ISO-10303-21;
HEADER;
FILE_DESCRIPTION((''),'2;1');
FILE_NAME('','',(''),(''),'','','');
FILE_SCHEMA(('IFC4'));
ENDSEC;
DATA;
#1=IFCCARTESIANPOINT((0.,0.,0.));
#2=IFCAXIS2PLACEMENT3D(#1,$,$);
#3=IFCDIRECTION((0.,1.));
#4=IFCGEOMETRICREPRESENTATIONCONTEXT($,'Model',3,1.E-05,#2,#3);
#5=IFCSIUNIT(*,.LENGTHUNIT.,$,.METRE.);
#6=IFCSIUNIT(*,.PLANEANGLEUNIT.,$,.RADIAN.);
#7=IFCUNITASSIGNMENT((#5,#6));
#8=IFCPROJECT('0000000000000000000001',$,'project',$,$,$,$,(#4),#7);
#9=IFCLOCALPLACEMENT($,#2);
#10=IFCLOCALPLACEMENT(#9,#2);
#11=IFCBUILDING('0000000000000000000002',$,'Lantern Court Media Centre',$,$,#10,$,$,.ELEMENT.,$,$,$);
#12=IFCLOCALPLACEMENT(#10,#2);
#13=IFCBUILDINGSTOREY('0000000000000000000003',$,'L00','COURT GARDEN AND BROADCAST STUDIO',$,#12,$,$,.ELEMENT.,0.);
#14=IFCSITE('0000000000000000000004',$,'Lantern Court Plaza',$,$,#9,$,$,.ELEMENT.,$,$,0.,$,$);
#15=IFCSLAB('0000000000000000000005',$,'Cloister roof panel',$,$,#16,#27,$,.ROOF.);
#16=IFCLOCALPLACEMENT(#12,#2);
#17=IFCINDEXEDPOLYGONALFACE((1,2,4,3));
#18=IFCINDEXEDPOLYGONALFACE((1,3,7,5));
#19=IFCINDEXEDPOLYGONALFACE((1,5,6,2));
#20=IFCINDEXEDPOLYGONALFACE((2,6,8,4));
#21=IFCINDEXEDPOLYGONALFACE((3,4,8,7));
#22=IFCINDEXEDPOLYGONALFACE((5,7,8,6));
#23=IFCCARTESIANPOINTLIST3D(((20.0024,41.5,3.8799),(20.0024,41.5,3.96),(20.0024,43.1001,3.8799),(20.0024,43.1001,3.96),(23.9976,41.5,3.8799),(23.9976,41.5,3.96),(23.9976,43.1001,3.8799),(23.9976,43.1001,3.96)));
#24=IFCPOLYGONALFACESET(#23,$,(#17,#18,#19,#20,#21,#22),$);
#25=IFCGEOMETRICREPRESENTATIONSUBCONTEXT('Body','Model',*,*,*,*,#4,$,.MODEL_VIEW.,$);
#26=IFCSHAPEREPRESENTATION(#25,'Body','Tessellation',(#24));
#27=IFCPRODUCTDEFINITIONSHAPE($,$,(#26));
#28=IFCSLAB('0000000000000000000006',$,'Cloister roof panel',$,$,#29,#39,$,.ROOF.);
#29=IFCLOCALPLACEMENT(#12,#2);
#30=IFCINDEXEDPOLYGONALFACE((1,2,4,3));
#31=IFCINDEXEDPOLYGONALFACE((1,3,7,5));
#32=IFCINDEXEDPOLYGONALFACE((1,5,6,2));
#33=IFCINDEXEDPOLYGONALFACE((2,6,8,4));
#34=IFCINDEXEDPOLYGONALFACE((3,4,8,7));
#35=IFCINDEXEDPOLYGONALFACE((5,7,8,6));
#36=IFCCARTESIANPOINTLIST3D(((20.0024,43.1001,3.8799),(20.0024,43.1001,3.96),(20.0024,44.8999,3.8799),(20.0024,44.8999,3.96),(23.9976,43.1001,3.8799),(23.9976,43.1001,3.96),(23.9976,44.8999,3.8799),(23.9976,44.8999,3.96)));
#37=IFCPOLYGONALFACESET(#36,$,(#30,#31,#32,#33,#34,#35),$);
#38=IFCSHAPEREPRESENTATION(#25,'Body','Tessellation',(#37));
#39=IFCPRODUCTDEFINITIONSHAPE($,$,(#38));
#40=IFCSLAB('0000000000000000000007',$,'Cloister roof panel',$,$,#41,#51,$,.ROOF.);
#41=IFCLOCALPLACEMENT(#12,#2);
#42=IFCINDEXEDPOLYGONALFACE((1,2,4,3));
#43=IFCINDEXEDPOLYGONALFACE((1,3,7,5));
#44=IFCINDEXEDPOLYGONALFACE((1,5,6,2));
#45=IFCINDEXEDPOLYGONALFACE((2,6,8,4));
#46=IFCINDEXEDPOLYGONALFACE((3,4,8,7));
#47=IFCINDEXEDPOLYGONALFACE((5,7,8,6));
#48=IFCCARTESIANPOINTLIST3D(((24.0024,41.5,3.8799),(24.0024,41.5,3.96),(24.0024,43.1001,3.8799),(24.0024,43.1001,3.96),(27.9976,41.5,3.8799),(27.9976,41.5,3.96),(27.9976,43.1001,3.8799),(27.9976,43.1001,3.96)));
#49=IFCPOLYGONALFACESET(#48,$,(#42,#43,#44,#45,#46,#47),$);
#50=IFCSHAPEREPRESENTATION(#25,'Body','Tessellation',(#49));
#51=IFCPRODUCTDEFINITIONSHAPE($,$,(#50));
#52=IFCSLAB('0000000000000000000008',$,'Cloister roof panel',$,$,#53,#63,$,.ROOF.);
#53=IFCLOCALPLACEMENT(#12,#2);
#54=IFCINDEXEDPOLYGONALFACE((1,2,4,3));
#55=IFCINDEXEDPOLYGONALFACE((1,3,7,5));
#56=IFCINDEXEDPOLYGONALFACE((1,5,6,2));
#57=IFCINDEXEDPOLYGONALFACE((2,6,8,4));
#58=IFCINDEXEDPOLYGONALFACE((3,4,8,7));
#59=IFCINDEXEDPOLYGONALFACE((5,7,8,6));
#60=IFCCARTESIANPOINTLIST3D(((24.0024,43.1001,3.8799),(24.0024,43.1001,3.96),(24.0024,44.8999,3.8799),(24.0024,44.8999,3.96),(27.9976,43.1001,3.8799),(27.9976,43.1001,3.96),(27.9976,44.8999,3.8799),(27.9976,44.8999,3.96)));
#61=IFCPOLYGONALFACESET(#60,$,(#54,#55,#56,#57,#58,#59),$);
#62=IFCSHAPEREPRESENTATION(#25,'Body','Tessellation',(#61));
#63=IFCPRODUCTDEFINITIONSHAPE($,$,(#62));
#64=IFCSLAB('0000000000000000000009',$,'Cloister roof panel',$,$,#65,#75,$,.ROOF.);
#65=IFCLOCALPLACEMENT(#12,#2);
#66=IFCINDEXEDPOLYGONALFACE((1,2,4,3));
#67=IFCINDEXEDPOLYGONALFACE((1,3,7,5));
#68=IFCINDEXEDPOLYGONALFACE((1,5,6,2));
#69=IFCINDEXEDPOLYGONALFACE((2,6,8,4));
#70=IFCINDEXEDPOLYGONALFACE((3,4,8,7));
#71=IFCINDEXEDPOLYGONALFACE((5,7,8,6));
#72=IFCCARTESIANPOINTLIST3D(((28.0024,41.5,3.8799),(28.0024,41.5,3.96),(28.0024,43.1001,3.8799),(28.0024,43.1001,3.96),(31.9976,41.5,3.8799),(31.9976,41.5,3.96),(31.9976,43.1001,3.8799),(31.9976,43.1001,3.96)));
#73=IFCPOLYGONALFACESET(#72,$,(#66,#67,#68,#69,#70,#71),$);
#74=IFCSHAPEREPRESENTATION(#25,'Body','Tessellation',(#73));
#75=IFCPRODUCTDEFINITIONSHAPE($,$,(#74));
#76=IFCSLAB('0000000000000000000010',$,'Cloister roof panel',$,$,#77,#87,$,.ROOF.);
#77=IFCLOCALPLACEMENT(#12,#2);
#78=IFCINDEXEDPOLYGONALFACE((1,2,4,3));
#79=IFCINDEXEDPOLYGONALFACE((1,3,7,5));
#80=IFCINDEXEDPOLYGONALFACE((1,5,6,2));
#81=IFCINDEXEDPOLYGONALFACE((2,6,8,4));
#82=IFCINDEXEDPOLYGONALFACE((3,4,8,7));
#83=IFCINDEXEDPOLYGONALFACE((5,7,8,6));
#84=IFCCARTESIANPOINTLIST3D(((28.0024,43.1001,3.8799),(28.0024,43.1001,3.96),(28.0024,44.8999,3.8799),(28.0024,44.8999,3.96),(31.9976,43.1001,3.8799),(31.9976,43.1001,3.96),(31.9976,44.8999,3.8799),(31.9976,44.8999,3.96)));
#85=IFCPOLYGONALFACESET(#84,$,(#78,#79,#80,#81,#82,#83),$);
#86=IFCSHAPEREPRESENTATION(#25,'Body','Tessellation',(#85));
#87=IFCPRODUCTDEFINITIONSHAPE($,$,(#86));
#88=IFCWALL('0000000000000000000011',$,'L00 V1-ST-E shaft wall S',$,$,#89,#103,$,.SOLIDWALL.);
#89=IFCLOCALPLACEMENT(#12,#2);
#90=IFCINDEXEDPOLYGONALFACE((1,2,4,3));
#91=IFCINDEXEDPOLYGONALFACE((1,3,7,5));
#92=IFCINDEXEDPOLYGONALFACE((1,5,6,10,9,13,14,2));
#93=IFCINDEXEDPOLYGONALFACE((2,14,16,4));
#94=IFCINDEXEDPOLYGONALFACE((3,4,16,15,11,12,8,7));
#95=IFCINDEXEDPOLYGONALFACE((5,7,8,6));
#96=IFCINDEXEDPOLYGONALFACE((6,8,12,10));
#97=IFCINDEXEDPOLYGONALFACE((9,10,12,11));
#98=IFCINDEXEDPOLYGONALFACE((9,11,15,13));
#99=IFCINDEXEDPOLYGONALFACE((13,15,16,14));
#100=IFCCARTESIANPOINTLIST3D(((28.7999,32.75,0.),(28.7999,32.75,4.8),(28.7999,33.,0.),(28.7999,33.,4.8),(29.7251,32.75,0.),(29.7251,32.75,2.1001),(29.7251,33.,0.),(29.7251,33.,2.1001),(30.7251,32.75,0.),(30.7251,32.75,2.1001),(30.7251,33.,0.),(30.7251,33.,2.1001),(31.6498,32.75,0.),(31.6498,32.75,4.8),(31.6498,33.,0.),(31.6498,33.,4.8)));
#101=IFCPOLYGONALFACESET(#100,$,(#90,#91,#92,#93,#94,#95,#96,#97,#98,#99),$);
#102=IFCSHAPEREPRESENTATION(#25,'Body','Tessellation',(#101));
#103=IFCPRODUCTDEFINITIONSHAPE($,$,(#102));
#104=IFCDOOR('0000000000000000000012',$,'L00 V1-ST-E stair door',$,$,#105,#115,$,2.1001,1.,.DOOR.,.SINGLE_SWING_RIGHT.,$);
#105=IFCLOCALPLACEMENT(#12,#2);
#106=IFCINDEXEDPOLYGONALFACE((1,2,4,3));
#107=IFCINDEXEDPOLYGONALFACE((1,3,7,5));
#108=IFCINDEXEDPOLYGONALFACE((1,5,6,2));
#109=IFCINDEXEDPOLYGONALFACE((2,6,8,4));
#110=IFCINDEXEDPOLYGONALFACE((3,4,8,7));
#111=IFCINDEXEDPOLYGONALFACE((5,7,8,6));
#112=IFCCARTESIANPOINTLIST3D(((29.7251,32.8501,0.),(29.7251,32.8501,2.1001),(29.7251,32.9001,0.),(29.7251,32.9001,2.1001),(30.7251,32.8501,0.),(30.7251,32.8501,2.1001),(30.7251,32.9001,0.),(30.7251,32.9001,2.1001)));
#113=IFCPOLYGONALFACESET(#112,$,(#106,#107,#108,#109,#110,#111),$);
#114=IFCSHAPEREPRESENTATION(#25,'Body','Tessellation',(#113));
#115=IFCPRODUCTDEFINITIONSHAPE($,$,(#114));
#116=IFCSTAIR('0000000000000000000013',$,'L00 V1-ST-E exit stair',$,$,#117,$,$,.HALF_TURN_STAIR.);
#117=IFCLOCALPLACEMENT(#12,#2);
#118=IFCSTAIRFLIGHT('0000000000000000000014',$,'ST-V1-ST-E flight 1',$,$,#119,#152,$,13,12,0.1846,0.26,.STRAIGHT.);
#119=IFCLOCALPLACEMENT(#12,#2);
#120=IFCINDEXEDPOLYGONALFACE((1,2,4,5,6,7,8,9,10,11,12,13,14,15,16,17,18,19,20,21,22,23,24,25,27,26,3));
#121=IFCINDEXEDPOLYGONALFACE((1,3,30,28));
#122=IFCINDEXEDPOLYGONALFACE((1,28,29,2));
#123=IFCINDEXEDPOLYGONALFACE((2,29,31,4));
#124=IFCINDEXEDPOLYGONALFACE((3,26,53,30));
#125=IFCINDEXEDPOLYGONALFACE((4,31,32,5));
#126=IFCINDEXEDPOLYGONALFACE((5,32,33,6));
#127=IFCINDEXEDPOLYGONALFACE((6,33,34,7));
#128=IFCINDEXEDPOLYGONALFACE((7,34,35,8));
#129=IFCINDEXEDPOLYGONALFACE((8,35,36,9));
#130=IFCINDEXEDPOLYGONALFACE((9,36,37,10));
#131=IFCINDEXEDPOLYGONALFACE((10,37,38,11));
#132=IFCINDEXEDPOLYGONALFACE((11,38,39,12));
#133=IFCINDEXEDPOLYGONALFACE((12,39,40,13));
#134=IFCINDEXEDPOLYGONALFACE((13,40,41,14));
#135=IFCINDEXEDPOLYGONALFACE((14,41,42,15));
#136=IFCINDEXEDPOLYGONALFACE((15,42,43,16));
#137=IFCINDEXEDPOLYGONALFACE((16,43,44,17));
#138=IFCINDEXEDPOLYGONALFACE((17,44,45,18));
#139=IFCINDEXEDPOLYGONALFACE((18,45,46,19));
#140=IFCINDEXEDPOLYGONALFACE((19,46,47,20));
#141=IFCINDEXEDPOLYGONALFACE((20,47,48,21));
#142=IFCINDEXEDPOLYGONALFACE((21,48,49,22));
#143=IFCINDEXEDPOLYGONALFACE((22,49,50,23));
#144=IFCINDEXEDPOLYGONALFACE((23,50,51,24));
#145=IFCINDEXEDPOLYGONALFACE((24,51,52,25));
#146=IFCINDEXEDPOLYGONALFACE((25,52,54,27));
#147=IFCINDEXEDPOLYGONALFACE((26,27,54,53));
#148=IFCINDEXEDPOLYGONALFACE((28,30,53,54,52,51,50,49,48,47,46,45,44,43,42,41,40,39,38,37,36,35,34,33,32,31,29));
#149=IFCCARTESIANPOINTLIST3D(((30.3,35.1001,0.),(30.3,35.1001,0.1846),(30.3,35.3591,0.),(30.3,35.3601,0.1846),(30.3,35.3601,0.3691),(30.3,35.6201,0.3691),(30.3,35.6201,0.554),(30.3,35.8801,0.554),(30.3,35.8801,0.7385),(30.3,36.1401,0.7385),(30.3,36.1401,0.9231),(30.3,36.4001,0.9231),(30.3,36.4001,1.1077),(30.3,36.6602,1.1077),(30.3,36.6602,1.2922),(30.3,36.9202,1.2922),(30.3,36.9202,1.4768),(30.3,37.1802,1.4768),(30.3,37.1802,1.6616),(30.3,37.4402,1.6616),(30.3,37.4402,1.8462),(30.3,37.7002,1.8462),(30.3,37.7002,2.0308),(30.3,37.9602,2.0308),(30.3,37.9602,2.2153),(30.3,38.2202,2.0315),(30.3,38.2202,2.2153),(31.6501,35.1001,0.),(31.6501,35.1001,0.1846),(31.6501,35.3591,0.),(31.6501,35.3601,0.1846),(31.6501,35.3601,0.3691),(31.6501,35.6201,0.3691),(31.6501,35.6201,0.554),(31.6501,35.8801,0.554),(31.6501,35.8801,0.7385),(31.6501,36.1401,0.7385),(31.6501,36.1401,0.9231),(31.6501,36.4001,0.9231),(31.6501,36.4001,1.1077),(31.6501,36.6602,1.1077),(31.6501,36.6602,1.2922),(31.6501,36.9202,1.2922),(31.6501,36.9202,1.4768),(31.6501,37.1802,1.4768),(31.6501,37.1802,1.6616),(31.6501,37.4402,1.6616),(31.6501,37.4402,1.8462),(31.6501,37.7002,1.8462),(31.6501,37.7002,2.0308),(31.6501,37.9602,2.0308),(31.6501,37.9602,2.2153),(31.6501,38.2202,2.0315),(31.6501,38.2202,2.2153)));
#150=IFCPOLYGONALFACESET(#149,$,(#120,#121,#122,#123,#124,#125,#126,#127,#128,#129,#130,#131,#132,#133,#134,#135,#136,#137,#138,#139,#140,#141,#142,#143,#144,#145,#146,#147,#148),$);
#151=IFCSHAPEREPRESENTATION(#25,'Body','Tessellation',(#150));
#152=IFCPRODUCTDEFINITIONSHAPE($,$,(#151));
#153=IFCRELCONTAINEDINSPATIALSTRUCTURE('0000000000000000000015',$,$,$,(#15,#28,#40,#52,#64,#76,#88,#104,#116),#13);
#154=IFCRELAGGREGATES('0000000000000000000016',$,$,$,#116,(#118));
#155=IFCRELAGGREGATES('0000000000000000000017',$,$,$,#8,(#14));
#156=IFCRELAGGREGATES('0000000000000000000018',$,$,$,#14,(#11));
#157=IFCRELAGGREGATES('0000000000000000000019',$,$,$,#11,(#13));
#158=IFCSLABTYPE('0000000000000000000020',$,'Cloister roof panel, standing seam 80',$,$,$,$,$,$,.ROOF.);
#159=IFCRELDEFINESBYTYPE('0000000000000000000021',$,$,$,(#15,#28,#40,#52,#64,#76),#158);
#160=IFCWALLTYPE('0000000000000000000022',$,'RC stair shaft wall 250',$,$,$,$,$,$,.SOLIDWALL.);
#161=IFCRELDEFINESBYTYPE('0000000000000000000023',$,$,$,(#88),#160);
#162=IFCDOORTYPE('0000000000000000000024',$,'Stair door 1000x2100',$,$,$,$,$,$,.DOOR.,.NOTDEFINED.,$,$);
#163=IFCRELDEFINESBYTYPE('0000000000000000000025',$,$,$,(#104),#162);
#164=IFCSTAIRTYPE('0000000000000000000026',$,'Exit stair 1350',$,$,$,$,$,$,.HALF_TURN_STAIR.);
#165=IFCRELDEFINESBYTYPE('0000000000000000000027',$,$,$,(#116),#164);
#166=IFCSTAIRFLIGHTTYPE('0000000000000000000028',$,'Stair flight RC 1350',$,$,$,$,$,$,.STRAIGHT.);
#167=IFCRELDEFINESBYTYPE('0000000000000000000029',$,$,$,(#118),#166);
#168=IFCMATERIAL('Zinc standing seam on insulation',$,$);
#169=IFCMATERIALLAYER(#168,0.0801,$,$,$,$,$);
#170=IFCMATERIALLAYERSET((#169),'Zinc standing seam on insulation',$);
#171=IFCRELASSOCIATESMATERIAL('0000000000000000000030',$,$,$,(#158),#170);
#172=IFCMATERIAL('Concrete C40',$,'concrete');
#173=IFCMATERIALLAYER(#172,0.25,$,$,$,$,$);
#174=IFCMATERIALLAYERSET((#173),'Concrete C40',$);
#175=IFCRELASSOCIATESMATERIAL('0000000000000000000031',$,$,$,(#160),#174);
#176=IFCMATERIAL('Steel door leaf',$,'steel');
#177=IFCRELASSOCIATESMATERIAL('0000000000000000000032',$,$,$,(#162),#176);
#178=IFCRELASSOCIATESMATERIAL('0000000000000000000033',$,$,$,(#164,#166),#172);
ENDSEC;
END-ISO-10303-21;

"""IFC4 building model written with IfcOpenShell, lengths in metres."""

from ifc_helpers import new_model, si_unit, direction, frame, frame_2d, origin, place, context, subcontext, project, spatial, polyline, rectangle, outline, extrude, material, layer, layer_set, type_object, element, fill, aggregate, save


model = new_model("IFC4")

# Units and contexts
model_context = context("Model", 3, precision=1e-05, world=origin(), true_north=direction((0.0, 1.0)))
body_context = subcontext(model_context, "Body", "Model", "MODEL_VIEW")
ifc_project = project(units=[si_unit("LENGTHUNIT", "METRE"), si_unit("PLANEANGLEUNIT", "RADIAN")], contexts=[model_context])

# Site, building, storey
site_placement = place(None, origin())
site = spatial("IfcSite", under=ifc_project, at=site_placement, Name="Lantern Court Plaza", CompositionType="ELEMENT", RefElevation=0.0)
building_placement = place(site_placement, origin())
building = spatial("IfcBuilding", under=site, at=building_placement, Name="Lantern Court Media Centre", CompositionType="ELEMENT")
storey_placement = place(building_placement, origin())
storey = spatial("IfcBuildingStorey", under=building, at=storey_placement, Name="L00", Description="COURT GARDEN AND BROADCAST STUDIO", CompositionType="ELEMENT", Elevation=0.0)

# Slabs
ifc_material_1 = material(Name="Zinc standing seam on insulation")
ifc_layer_1 = layer(ifc_material_1, 0.0801)
ifc_layer_set_1 = layer_set([ifc_layer_1], Name="Zinc standing seam on insulation")
slab_type = type_object("IfcSlabType", Name="Cloister roof panel, standing seam 80", PredefinedType="ROOF", material=ifc_layer_set_1)
slab_1_placement = place(storey_placement, frame((20.0024, 41.5, 3.96), z_axis=(0.0, 0.0, 1.0), x_axis=(1.0, 0.0, 0.0)))
element("IfcSlab", 1, at=slab_1_placement, inside=storey, type_object=slab_type, Name="Cloister roof panel", PredefinedType="ROOF", context=body_context, shape_type="SweptSolid", body=[
    extrude(outline(polyline([(0.0, 0.0), (3.9951, 0.0), (3.9951, 1.6001), (0.0, 1.6001), (0.0, 0.0)])), origin(), (0.0, 0.0, -1.0), 0.0801),
])
slab_2_placement = place(storey_placement, frame((20.0024, 43.1001, 3.96), z_axis=(0.0, 0.0, 1.0), x_axis=(1.0, 0.0, 0.0)))
element("IfcSlab", 2, at=slab_2_placement, inside=storey, type_object=slab_type, Name="Cloister roof panel", PredefinedType="ROOF", context=body_context, shape_type="SweptSolid", body=[
    extrude(outline(polyline([(0.0, 0.0), (3.9951, 0.0), (3.9951, 1.7998), (0.0, 1.7998), (0.0, 0.0)])), origin(), (0.0, 0.0, -1.0), 0.0801),
])
slab_3_placement = place(storey_placement, frame((24.0024, 41.5, 3.96), z_axis=(0.0, 0.0, 1.0), x_axis=(1.0, 0.0, 0.0)))
element("IfcSlab", 3, at=slab_3_placement, inside=storey, type_object=slab_type, Name="Cloister roof panel", PredefinedType="ROOF", context=body_context, shape_type="SweptSolid", body=[
    extrude(outline(polyline([(0.0, 0.0), (3.9951, 0.0), (3.9951, 1.6001), (0.0, 1.6001), (0.0, 0.0)])), origin(), (0.0, 0.0, -1.0), 0.0801),
])
slab_4_placement = place(storey_placement, frame((24.0024, 43.1001, 3.96), z_axis=(0.0, 0.0, 1.0), x_axis=(1.0, 0.0, 0.0)))
element("IfcSlab", 4, at=slab_4_placement, inside=storey, type_object=slab_type, Name="Cloister roof panel", PredefinedType="ROOF", context=body_context, shape_type="SweptSolid", body=[
    extrude(outline(polyline([(0.0, 0.0), (3.9951, 0.0), (3.9951, 1.7998), (0.0, 1.7998), (0.0, 0.0)])), origin(), (0.0, 0.0, -1.0), 0.0801),
])
slab_5_placement = place(storey_placement, frame((28.0024, 41.5, 3.96), z_axis=(0.0, 0.0, 1.0), x_axis=(1.0, 0.0, 0.0)))
element("IfcSlab", 5, at=slab_5_placement, inside=storey, type_object=slab_type, Name="Cloister roof panel", PredefinedType="ROOF", context=body_context, shape_type="SweptSolid", body=[
    extrude(outline(polyline([(0.0, 0.0), (3.9951, 0.0), (3.9951, 1.6001), (0.0, 1.6001), (0.0, 0.0)])), origin(), (0.0, 0.0, -1.0), 0.0801),
])
slab_6_placement = place(storey_placement, frame((28.0024, 43.1001, 3.96), z_axis=(0.0, 0.0, 1.0), x_axis=(1.0, 0.0, 0.0)))
element("IfcSlab", 6, at=slab_6_placement, inside=storey, type_object=slab_type, Name="Cloister roof panel", PredefinedType="ROOF", context=body_context, shape_type="SweptSolid", body=[
    extrude(outline(polyline([(0.0, 0.0), (3.9951, 0.0), (3.9951, 1.7998), (0.0, 1.7998), (0.0, 0.0)])), origin(), (0.0, 0.0, -1.0), 0.0801),
])

# Wall, opening, door
ifc_material_2 = material(Name="Concrete C40", Category="concrete")
ifc_layer_2 = layer(ifc_material_2, 0.25)
ifc_layer_set_2 = layer_set([ifc_layer_2], Name="Concrete C40")
wall_type = type_object("IfcWallType", Name="RC stair shaft wall 250", PredefinedType="SOLIDWALL", material=ifc_layer_set_2)
wall_placement = place(storey_placement, frame((28.8, 32.875, 0.0), z_axis=(0.0, 0.0, 1.0), x_axis=(1.0, 0.0, 0.0)))
wall = element("IfcWall", 7, at=wall_placement, inside=storey, type_object=wall_type, Name="L00 V1-ST-E shaft wall S", PredefinedType="SOLIDWALL", context=body_context, shape_type="SweptSolid", body=[
    extrude(rectangle(XDim=2.8499, YDim=0.25, at=frame_2d((1.4248, 0.0))), origin(), (0.0, 0.0, 1.0), 4.8),
])
opening_placement = place(wall_placement, frame((0.925, 0.0, 0.0)))
opening = element("IfcOpeningElement", 8, at=opening_placement, cuts=wall, PredefinedType="OPENING", context=body_context, shape_type="SweptSolid", body=[
    extrude(rectangle(XDim=1.0, YDim=2.1001, at=frame_2d((0.5, 1.05))), frame((0.0, 0.135, 0.0), z_axis=(0.0, -1.0, 0.0), x_axis=(1.0, 0.0, 0.0)), (0.0, 0.0, 1.0), 0.27),
])
ifc_material_3 = material(Name="Steel door leaf", Category="steel")
door_type = type_object("IfcDoorType", Name="Stair door 1000x2100", OperationType="NOTDEFINED", PredefinedType="DOOR", material=ifc_material_3)
door_placement = place(opening_placement, frame((1.0, 0.0, 0.0), z_axis=(0.0, 0.0, 1.0), x_axis=(-1.0, 0.0, 0.0)))
door = element("IfcDoor", 9, at=door_placement, inside=storey, type_object=door_type, Name="L00 V1-ST-E stair door", OperationType="SINGLE_SWING_RIGHT", OverallHeight=2.1001, OverallWidth=1.0, PredefinedType="DOOR", context=body_context, shape_type="SweptSolid", body=[
    extrude(rectangle(XDim=1.0, YDim=2.1001, at=frame_2d((0.5, 1.05))), frame((0.0, 0.0249, 0.0), z_axis=(0.0, -1.0, 0.0), x_axis=(1.0, 0.0, 0.0)), (0.0, 0.0, 1.0), 0.05),
])
fill(opening, door)

# Stair, stair flight
stair_type = type_object("IfcStairType", Name="Exit stair 1350", PredefinedType="HALF_TURN_STAIR", material=ifc_material_2)
stair_placement = place(storey_placement, origin())
stair = element("IfcStair", 10, at=stair_placement, inside=storey, type_object=stair_type, Name="L00 V1-ST-E exit stair", PredefinedType="HALF_TURN_STAIR")
stair_flight_type = type_object("IfcStairFlightType", Name="Stair flight RC 1350", PredefinedType="STRAIGHT", material=ifc_material_2)
stair_flight_1_placement = place(storey_placement, frame((30.9751, 35.1001, 0.0), z_axis=(0.0, 0.0, 1.0), x_axis=(0.0, 1.0, 0.0)))
stair_flight_1 = element("IfcStairFlight", 11, at=stair_flight_1_placement, type_object=stair_flight_type, Name="ST-V1-ST-E flight 1", NumberOfRisers=13, NumberOfTreads=12, PredefinedType="STRAIGHT", RiserHeight=0.1846, TreadLength=0.26, context=body_context, shape_type="SweptSolid", body=[
    extrude(outline(polyline([(0.0, 0.0), (0.0, 0.1846), (0.26, 0.1846), (0.26, 0.3691), (0.52, 0.3691), (0.52, 0.554), (0.78, 0.554), (0.78, 0.7385), (1.04, 0.7385), (1.04, 0.9231), (1.3, 0.9231), (1.3, 1.1077), (1.5601, 1.1077), (1.5601, 1.2922), (1.8201, 1.2922), (1.8201, 1.4768), (2.0801, 1.4768), (2.0801, 1.6616), (2.3401, 1.6616), (2.3401, 1.8462), (2.6001, 1.8462), (2.6001, 2.0308), (2.8601, 2.0308), (2.8601, 2.2153), (3.1201, 2.2153), (3.1201, 2.3999), (3.1201, 2.0315), (0.259, 0.0), (0.0, 0.0)])), frame((0.0, 0.675, 0.0), z_axis=(0.0, -1.0, 0.0), x_axis=(1.0, 0.0, 0.0)), (0.0, 0.0, 1.0), 1.3501),
])
aggregate(stair, [stair_flight_1])

save(model, "model.ifc")
